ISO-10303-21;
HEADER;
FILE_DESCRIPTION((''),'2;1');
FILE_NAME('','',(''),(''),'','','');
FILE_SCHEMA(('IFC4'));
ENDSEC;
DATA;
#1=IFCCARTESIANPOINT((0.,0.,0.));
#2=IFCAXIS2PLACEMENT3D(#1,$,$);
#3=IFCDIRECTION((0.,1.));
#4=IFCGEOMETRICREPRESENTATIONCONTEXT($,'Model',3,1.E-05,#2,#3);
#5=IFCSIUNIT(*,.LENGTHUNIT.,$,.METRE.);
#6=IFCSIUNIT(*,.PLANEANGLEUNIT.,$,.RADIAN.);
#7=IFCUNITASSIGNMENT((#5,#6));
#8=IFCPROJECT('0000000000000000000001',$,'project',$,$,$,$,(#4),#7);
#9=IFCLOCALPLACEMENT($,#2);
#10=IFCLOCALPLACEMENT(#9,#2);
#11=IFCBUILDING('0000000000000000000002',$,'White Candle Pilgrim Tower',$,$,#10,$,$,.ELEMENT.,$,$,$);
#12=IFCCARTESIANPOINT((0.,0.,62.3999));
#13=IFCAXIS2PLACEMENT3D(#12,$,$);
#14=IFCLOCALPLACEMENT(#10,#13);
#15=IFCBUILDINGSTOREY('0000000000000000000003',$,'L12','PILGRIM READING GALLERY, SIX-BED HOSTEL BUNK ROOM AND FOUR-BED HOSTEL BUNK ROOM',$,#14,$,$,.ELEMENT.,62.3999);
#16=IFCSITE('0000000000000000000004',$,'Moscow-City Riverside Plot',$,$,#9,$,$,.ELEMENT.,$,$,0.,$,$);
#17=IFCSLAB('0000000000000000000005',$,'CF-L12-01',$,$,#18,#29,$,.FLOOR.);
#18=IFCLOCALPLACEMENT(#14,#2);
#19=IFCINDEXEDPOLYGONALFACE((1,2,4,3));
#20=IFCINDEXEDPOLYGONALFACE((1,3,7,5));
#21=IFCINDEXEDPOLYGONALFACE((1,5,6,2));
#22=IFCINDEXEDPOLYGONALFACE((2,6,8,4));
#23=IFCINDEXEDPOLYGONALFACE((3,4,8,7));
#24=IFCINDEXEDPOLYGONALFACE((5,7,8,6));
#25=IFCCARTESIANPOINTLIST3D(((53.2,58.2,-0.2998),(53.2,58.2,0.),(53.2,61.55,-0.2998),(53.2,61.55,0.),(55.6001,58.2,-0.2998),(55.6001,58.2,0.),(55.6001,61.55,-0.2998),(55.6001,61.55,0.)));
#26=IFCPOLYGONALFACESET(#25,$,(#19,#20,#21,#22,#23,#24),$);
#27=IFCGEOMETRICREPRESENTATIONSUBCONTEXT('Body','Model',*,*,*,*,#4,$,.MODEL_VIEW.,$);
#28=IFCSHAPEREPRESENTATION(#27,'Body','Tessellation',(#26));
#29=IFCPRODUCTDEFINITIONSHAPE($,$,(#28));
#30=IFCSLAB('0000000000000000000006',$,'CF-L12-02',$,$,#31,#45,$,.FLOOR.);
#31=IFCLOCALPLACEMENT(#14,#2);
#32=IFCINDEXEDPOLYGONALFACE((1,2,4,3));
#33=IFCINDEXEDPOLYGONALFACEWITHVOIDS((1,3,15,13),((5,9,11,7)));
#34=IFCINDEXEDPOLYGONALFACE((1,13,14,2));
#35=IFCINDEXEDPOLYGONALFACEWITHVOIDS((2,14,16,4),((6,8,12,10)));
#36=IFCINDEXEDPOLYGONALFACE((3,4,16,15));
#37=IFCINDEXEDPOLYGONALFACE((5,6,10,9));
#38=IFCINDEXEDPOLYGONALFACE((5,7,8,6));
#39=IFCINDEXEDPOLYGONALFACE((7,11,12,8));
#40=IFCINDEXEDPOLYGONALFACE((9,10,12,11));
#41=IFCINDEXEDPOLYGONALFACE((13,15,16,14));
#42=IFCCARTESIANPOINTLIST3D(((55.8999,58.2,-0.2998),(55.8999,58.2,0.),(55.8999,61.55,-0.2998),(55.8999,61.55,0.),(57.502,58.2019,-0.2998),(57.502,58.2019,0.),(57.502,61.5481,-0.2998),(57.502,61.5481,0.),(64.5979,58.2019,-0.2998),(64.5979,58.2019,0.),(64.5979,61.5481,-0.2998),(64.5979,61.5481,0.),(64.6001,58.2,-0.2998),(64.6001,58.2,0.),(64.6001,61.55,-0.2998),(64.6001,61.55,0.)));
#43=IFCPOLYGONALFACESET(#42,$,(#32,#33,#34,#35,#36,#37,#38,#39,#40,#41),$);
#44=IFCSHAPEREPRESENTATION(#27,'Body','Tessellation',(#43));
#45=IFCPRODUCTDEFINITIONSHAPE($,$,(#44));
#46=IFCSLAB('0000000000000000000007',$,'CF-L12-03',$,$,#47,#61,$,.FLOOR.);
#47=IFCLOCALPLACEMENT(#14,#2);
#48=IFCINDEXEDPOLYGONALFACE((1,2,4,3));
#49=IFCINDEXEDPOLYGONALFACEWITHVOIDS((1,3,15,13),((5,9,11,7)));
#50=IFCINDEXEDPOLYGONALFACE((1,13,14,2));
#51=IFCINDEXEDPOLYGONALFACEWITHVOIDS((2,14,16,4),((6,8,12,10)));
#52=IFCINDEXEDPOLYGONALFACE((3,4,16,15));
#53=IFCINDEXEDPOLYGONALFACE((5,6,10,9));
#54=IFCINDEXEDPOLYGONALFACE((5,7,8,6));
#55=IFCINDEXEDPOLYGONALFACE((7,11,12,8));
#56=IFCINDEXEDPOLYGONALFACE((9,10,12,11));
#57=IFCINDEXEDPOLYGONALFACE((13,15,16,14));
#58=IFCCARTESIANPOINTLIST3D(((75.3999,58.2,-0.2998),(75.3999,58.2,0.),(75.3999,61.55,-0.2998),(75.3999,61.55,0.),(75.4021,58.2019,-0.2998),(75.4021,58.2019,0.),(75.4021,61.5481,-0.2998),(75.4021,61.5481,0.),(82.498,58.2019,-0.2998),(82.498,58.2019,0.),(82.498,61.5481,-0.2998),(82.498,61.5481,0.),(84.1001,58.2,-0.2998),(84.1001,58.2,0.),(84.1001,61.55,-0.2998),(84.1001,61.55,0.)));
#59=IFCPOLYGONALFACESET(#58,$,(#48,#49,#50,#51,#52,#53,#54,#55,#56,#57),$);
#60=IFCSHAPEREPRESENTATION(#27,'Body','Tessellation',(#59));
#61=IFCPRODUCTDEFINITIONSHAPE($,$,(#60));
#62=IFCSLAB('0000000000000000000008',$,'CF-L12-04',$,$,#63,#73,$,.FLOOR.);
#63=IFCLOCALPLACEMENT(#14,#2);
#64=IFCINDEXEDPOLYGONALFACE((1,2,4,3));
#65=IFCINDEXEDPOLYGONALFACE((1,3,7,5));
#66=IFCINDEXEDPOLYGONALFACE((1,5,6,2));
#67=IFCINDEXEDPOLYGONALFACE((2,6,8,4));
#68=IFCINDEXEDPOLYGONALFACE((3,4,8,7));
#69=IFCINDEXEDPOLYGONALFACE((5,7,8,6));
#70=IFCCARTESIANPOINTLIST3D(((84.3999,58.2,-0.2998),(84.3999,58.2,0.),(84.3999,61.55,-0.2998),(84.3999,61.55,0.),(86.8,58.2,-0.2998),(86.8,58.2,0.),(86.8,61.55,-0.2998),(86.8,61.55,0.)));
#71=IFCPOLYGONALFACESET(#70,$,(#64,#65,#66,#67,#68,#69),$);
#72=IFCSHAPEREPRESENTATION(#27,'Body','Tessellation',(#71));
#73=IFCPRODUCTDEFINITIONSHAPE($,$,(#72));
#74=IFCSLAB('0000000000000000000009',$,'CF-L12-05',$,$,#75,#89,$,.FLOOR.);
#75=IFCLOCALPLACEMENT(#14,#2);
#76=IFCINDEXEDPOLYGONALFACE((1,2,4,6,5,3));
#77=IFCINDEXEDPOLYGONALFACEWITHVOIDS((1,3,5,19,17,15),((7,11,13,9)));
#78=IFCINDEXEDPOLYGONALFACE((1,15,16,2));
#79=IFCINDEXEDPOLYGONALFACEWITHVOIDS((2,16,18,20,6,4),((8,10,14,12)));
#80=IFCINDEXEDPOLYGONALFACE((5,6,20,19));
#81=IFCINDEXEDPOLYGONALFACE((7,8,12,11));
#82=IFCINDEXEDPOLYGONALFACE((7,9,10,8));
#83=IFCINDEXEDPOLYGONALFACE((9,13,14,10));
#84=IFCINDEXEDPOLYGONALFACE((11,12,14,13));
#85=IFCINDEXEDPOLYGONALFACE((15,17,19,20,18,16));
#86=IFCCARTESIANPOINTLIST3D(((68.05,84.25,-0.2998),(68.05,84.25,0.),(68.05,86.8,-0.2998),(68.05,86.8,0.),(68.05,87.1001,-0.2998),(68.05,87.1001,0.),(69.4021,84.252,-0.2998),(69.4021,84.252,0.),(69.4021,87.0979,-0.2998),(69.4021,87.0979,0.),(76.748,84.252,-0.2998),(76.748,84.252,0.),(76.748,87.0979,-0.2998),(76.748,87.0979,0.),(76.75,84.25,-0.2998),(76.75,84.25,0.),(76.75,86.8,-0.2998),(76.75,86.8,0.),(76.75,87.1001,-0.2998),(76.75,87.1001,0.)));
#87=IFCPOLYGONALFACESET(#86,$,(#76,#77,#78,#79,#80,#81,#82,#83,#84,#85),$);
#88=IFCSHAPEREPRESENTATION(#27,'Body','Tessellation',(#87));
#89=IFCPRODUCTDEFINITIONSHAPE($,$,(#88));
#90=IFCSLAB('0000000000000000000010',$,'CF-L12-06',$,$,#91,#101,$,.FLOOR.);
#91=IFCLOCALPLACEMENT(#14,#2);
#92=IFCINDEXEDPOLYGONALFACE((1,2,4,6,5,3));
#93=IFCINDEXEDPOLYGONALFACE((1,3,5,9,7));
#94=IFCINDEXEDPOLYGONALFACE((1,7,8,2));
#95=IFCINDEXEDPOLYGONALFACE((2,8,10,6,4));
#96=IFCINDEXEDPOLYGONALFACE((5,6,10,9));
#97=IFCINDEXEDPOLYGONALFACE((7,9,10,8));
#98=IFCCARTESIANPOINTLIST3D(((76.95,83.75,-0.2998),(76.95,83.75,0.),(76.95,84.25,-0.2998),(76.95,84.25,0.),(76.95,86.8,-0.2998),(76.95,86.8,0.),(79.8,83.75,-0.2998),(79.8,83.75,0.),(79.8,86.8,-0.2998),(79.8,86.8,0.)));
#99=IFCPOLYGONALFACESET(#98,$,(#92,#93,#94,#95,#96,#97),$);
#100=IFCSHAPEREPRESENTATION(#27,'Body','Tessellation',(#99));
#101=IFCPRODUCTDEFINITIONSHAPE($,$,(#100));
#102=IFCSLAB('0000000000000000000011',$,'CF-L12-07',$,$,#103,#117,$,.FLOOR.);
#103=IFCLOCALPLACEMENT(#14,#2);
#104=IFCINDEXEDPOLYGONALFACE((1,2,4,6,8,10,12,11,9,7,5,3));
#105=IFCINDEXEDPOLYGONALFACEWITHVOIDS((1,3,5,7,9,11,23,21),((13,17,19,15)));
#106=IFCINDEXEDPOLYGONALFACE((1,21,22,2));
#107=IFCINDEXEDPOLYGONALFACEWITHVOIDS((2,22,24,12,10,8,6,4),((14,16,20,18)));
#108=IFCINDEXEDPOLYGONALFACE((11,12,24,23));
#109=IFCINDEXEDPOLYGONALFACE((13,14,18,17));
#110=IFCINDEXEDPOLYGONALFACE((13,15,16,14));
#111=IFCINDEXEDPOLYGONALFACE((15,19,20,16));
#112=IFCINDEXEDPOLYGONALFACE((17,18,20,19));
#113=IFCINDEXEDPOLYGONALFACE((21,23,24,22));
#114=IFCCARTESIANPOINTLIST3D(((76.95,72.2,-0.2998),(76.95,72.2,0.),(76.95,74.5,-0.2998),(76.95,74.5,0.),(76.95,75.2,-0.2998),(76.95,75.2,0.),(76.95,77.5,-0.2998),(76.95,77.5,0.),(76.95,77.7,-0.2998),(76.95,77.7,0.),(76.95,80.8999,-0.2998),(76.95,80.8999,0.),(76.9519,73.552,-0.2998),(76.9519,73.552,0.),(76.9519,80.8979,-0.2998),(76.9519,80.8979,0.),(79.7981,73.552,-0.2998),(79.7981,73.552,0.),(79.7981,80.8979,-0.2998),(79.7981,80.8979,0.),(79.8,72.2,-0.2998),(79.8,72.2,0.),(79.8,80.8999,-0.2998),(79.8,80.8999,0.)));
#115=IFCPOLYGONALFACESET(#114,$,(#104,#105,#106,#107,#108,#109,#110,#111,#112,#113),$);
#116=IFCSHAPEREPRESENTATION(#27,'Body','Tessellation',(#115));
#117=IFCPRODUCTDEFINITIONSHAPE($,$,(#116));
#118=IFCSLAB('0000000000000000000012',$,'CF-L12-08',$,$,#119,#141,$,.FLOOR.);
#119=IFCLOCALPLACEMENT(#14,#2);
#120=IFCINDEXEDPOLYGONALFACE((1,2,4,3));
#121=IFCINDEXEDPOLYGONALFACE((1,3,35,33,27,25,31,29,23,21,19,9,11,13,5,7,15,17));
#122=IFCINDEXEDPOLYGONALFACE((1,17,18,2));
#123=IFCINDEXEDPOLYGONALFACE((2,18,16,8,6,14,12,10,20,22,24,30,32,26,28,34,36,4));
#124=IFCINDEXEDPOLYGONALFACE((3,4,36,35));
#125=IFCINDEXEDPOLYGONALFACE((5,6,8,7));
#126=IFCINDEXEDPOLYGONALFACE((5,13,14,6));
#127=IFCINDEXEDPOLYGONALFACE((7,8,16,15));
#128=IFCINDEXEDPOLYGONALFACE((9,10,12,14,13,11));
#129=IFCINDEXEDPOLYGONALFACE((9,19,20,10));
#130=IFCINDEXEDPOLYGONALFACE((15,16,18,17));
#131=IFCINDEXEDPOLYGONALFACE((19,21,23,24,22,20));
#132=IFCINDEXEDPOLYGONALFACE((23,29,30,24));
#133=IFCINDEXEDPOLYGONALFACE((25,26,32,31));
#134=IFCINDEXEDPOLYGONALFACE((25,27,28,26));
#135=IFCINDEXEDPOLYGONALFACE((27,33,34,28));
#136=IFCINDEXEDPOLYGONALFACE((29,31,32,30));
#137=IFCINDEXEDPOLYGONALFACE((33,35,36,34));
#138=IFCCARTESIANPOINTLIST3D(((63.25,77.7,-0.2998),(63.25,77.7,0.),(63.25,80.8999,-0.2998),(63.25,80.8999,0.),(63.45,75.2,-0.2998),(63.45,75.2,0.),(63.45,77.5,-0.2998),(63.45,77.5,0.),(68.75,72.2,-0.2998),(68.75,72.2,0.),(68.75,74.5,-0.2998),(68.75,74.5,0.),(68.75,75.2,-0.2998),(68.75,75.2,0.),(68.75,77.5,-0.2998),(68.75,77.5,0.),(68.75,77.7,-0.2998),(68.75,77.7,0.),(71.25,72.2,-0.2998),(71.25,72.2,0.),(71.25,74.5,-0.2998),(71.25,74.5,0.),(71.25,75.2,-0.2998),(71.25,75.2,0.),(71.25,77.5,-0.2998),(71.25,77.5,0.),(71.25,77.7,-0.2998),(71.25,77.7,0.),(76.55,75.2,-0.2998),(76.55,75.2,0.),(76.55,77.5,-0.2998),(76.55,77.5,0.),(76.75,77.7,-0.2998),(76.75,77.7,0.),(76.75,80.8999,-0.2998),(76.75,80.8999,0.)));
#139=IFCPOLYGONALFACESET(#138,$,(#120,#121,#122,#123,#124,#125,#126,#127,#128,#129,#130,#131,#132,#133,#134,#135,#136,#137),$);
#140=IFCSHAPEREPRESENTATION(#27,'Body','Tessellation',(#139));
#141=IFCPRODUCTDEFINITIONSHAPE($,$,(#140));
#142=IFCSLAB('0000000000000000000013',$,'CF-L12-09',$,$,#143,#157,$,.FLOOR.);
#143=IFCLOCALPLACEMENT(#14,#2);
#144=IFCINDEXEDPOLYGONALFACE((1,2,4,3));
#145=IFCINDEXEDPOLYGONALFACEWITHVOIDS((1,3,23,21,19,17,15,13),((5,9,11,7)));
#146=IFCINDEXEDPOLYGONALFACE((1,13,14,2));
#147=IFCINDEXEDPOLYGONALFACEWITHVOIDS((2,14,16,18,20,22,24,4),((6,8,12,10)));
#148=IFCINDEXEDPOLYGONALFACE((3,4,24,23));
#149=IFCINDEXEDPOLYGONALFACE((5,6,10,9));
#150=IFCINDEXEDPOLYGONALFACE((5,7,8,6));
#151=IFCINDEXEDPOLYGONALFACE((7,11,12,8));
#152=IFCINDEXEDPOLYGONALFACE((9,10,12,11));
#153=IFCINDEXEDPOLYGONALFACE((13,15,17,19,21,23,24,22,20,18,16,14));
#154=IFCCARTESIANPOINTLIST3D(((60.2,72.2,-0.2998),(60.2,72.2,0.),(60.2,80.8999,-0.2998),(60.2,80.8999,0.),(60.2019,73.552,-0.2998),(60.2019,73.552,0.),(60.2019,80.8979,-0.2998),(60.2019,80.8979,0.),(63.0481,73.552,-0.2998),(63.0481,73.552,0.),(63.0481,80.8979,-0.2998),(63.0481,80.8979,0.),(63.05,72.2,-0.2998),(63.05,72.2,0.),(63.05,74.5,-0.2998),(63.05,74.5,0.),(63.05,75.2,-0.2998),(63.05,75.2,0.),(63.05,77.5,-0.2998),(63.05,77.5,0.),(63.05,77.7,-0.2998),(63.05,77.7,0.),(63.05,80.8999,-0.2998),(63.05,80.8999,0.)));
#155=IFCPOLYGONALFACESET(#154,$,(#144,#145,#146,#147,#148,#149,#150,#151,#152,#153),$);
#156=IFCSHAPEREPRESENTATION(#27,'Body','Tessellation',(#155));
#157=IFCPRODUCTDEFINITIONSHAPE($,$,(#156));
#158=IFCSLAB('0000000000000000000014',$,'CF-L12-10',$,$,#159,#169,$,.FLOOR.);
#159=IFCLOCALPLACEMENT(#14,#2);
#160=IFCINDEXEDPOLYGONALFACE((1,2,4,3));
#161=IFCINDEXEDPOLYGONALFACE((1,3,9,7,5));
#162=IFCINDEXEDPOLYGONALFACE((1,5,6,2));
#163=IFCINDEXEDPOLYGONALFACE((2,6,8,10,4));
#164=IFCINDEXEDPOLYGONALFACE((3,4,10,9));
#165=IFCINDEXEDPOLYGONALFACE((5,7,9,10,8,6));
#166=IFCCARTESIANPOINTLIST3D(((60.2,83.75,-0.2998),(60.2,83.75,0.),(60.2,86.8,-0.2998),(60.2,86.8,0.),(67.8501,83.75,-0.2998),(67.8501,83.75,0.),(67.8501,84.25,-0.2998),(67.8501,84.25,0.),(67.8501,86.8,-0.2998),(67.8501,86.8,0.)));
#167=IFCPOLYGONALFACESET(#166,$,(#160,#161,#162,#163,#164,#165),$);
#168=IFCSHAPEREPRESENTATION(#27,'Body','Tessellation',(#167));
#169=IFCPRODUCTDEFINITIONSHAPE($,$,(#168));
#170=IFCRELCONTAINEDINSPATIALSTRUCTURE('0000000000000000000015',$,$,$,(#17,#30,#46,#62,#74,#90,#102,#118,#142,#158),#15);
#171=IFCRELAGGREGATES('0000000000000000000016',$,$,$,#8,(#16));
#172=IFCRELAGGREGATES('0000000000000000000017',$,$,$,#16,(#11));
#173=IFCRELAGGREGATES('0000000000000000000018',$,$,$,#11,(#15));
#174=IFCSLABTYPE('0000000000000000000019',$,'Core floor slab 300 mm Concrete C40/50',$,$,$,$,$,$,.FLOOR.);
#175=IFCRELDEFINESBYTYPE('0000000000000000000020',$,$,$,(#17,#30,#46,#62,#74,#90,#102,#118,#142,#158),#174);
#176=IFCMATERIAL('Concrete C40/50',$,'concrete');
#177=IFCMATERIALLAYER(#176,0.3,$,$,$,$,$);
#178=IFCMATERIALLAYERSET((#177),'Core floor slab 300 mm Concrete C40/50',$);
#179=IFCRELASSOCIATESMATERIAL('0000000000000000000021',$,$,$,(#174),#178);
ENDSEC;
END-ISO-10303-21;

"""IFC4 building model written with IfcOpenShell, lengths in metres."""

from ifc_helpers import new_model, si_unit, direction, frame, origin, place, context, subcontext, project, spatial, polyline, outline, extrude, material, layer, layer_set, type_object, element, save


model = new_model("IFC4")

# Units and contexts
model_context = context("Model", 3, precision=1e-05, world=origin(), true_north=direction((0.0, 1.0)))
body_context = subcontext(model_context, "Body", "Model", "MODEL_VIEW")
ifc_project = project(units=[si_unit("LENGTHUNIT", "METRE"), si_unit("PLANEANGLEUNIT", "RADIAN")], contexts=[model_context])

# Site, building, storey
site_placement = place(None, origin())
site = spatial("IfcSite", under=ifc_project, at=site_placement, Name="Moscow-City Riverside Plot", CompositionType="ELEMENT", RefElevation=0.0)
building_placement = place(site_placement, origin())
building = spatial("IfcBuilding", under=site, at=building_placement, Name="White Candle Pilgrim Tower", CompositionType="ELEMENT")
storey_placement = place(building_placement, frame((0.0, 0.0, 62.3999)))
storey = spatial("IfcBuildingStorey", under=building, at=storey_placement, Name="L12", Description="PILGRIM READING GALLERY, SIX-BED HOSTEL BUNK ROOM AND FOUR-BED HOSTEL BUNK ROOM", CompositionType="ELEMENT", Elevation=62.3999)

# Slabs
ifc_material = material(Name="Concrete C40/50", Category="concrete")
ifc_layer_1 = layer(ifc_material, 0.3)
ifc_layer_set_1 = layer_set([ifc_layer_1], Name="Core floor slab 300 mm Concrete C40/50")
slab_type_1 = type_object("IfcSlabType", Name="Core floor slab 300 mm Concrete C40/50", PredefinedType="FLOOR", material=ifc_layer_set_1)
slab_1_placement = place(storey_placement, frame((0.0, 0.0, -0.2998)))
element("IfcSlab", 1, at=slab_1_placement, inside=storey, type_object=slab_type_1, Name="CF-L12-01", PredefinedType="FLOOR", context=body_context, shape_type="SweptSolid", body=[
    extrude(outline(polyline([(55.6001, 58.2), (53.2, 58.2), (53.2, 61.55), (55.6001, 61.55), (55.6001, 58.2)])), origin(), (0.0, 0.0, 1.0), 0.2998),
])
slab_2_placement = place(storey_placement, frame((0.0, 0.0, -0.2998)))
element("IfcSlab", 2, at=slab_2_placement, inside=storey, type_object=slab_type_1, Name="CF-L12-02", PredefinedType="FLOOR", context=body_context, shape_type="SweptSolid", body=[
    extrude(outline(polyline([(55.8999, 58.2), (55.8999, 61.55), (64.6001, 61.55), (64.6001, 58.2), (55.8999, 58.2)]), holes=[polyline([(57.502, 61.5481), (57.502, 58.2019), (64.5979, 58.2019), (64.5979, 61.5481), (57.502, 61.5481)])]), origin(), (0.0, 0.0, 1.0), 0.2998),
])
slab_3_placement = place(storey_placement, frame((0.0, 0.0, -0.2998)))
element("IfcSlab", 3, at=slab_3_placement, inside=storey, type_object=slab_type_1, Name="CF-L12-03", PredefinedType="FLOOR", context=body_context, shape_type="SweptSolid", body=[
    extrude(outline(polyline([(75.3999, 58.2), (75.3999, 61.55), (84.1001, 61.55), (84.1001, 58.2), (75.3999, 58.2)]), holes=[polyline([(82.498, 58.2019), (82.498, 61.5481), (75.4021, 61.5481), (75.4021, 58.2019), (82.498, 58.2019)])]), origin(), (0.0, 0.0, 1.0), 0.2998),
])
slab_4_placement = place(storey_placement, frame((0.0, 0.0, -0.2998)))
element("IfcSlab", 4, at=slab_4_placement, inside=storey, type_object=slab_type_1, Name="CF-L12-04", PredefinedType="FLOOR", context=body_context, shape_type="SweptSolid", body=[
    extrude(outline(polyline([(86.8, 58.2), (84.3999, 58.2), (84.3999, 61.55), (86.8, 61.55), (86.8, 58.2)])), origin(), (0.0, 0.0, 1.0), 0.2998),
])
slab_5_placement = place(storey_placement, frame((0.0, 0.0, -0.2998)))
element("IfcSlab", 5, at=slab_5_placement, inside=storey, type_object=slab_type_1, Name="CF-L12-05", PredefinedType="FLOOR", context=body_context, shape_type="SweptSolid", body=[
    extrude(outline(polyline([(76.75, 87.1001), (76.75, 86.8), (76.75, 84.25), (68.05, 84.25), (68.05, 86.8), (68.05, 87.1001), (76.75, 87.1001)]), holes=[polyline([(69.4021, 87.0979), (69.4021, 84.252), (76.748, 84.252), (76.748, 87.0979), (69.4021, 87.0979)])]), origin(), (0.0, 0.0, 1.0), 0.2998),
])
slab_6_placement = place(storey_placement, frame((0.0, 0.0, -0.2998)))
element("IfcSlab", 6, at=slab_6_placement, inside=storey, type_object=slab_type_1, Name="CF-L12-06", PredefinedType="FLOOR", context=body_context, shape_type="SweptSolid", body=[
    extrude(outline(polyline([(79.8, 86.8), (79.8, 83.75), (76.95, 83.75), (76.95, 84.25), (76.95, 86.8), (79.8, 86.8)])), origin(), (0.0, 0.0, 1.0), 0.2998),
])
slab_7_placement = place(storey_placement, frame((0.0, 0.0, -0.2998)))
element("IfcSlab", 7, at=slab_7_placement, inside=storey, type_object=slab_type_1, Name="CF-L12-07", PredefinedType="FLOOR", context=body_context, shape_type="SweptSolid", body=[
    extrude(outline(polyline([(79.8, 72.2), (76.95, 72.2), (76.95, 74.5), (76.95, 75.2), (76.95, 77.5), (76.95, 77.7), (76.95, 80.8999), (79.8, 80.8999), (79.8, 72.2)]), holes=[polyline([(76.9519, 73.552), (79.7981, 73.552), (79.7981, 80.8979), (76.9519, 80.8979), (76.9519, 73.552)])]), origin(), (0.0, 0.0, 1.0), 0.2998),
])
slab_8_placement = place(storey_placement, frame((0.0, 0.0, -0.2998)))
element("IfcSlab", 8, at=slab_8_placement, inside=storey, type_object=slab_type_1, Name="CF-L12-08", PredefinedType="FLOOR", context=body_context, shape_type="SweptSolid", body=[
    extrude(outline(polyline([(68.75, 72.2), (68.75, 74.5), (68.75, 75.2), (63.45, 75.2), (63.45, 77.5), (68.75, 77.5), (68.75, 77.7), (63.25, 77.7), (63.25, 80.8999), (76.75, 80.8999), (76.75, 77.7), (71.25, 77.7), (71.25, 77.5), (76.55, 77.5), (76.55, 75.2), (71.25, 75.2), (71.25, 74.5), (71.25, 72.2), (68.75, 72.2)])), origin(), (0.0, 0.0, 1.0), 0.2998),
])
slab_9_placement = place(storey_placement, frame((0.0, 0.0, -0.2998)))
element("IfcSlab", 9, at=slab_9_placement, inside=storey, type_object=slab_type_1, Name="CF-L12-09", PredefinedType="FLOOR", context=body_context, shape_type="SweptSolid", body=[
    extrude(outline(polyline([(60.2, 72.2), (60.2, 80.8999), (63.05, 80.8999), (63.05, 77.7), (63.05, 77.5), (63.05, 75.2), (63.05, 74.5), (63.05, 72.2), (60.2, 72.2)]), holes=[polyline([(60.2019, 73.552), (63.0481, 73.552), (63.0481, 80.8979), (60.2019, 80.8979), (60.2019, 73.552)])]), origin(), (0.0, 0.0, 1.0), 0.2998),
])
slab_10_placement = place(storey_placement, frame((0.0, 0.0, -0.2998)))
element("IfcSlab", 10, at=slab_10_placement, inside=storey, type_object=slab_type_1, Name="CF-L12-10", PredefinedType="FLOOR", context=body_context, shape_type="SweptSolid", body=[
    extrude(outline(polyline([(60.2, 86.8), (67.8501, 86.8), (67.8501, 84.25), (67.8501, 83.75), (60.2, 83.75), (60.2, 86.8)])), origin(), (0.0, 0.0, 1.0), 0.2998),
])

save(model, "model.ifc")
